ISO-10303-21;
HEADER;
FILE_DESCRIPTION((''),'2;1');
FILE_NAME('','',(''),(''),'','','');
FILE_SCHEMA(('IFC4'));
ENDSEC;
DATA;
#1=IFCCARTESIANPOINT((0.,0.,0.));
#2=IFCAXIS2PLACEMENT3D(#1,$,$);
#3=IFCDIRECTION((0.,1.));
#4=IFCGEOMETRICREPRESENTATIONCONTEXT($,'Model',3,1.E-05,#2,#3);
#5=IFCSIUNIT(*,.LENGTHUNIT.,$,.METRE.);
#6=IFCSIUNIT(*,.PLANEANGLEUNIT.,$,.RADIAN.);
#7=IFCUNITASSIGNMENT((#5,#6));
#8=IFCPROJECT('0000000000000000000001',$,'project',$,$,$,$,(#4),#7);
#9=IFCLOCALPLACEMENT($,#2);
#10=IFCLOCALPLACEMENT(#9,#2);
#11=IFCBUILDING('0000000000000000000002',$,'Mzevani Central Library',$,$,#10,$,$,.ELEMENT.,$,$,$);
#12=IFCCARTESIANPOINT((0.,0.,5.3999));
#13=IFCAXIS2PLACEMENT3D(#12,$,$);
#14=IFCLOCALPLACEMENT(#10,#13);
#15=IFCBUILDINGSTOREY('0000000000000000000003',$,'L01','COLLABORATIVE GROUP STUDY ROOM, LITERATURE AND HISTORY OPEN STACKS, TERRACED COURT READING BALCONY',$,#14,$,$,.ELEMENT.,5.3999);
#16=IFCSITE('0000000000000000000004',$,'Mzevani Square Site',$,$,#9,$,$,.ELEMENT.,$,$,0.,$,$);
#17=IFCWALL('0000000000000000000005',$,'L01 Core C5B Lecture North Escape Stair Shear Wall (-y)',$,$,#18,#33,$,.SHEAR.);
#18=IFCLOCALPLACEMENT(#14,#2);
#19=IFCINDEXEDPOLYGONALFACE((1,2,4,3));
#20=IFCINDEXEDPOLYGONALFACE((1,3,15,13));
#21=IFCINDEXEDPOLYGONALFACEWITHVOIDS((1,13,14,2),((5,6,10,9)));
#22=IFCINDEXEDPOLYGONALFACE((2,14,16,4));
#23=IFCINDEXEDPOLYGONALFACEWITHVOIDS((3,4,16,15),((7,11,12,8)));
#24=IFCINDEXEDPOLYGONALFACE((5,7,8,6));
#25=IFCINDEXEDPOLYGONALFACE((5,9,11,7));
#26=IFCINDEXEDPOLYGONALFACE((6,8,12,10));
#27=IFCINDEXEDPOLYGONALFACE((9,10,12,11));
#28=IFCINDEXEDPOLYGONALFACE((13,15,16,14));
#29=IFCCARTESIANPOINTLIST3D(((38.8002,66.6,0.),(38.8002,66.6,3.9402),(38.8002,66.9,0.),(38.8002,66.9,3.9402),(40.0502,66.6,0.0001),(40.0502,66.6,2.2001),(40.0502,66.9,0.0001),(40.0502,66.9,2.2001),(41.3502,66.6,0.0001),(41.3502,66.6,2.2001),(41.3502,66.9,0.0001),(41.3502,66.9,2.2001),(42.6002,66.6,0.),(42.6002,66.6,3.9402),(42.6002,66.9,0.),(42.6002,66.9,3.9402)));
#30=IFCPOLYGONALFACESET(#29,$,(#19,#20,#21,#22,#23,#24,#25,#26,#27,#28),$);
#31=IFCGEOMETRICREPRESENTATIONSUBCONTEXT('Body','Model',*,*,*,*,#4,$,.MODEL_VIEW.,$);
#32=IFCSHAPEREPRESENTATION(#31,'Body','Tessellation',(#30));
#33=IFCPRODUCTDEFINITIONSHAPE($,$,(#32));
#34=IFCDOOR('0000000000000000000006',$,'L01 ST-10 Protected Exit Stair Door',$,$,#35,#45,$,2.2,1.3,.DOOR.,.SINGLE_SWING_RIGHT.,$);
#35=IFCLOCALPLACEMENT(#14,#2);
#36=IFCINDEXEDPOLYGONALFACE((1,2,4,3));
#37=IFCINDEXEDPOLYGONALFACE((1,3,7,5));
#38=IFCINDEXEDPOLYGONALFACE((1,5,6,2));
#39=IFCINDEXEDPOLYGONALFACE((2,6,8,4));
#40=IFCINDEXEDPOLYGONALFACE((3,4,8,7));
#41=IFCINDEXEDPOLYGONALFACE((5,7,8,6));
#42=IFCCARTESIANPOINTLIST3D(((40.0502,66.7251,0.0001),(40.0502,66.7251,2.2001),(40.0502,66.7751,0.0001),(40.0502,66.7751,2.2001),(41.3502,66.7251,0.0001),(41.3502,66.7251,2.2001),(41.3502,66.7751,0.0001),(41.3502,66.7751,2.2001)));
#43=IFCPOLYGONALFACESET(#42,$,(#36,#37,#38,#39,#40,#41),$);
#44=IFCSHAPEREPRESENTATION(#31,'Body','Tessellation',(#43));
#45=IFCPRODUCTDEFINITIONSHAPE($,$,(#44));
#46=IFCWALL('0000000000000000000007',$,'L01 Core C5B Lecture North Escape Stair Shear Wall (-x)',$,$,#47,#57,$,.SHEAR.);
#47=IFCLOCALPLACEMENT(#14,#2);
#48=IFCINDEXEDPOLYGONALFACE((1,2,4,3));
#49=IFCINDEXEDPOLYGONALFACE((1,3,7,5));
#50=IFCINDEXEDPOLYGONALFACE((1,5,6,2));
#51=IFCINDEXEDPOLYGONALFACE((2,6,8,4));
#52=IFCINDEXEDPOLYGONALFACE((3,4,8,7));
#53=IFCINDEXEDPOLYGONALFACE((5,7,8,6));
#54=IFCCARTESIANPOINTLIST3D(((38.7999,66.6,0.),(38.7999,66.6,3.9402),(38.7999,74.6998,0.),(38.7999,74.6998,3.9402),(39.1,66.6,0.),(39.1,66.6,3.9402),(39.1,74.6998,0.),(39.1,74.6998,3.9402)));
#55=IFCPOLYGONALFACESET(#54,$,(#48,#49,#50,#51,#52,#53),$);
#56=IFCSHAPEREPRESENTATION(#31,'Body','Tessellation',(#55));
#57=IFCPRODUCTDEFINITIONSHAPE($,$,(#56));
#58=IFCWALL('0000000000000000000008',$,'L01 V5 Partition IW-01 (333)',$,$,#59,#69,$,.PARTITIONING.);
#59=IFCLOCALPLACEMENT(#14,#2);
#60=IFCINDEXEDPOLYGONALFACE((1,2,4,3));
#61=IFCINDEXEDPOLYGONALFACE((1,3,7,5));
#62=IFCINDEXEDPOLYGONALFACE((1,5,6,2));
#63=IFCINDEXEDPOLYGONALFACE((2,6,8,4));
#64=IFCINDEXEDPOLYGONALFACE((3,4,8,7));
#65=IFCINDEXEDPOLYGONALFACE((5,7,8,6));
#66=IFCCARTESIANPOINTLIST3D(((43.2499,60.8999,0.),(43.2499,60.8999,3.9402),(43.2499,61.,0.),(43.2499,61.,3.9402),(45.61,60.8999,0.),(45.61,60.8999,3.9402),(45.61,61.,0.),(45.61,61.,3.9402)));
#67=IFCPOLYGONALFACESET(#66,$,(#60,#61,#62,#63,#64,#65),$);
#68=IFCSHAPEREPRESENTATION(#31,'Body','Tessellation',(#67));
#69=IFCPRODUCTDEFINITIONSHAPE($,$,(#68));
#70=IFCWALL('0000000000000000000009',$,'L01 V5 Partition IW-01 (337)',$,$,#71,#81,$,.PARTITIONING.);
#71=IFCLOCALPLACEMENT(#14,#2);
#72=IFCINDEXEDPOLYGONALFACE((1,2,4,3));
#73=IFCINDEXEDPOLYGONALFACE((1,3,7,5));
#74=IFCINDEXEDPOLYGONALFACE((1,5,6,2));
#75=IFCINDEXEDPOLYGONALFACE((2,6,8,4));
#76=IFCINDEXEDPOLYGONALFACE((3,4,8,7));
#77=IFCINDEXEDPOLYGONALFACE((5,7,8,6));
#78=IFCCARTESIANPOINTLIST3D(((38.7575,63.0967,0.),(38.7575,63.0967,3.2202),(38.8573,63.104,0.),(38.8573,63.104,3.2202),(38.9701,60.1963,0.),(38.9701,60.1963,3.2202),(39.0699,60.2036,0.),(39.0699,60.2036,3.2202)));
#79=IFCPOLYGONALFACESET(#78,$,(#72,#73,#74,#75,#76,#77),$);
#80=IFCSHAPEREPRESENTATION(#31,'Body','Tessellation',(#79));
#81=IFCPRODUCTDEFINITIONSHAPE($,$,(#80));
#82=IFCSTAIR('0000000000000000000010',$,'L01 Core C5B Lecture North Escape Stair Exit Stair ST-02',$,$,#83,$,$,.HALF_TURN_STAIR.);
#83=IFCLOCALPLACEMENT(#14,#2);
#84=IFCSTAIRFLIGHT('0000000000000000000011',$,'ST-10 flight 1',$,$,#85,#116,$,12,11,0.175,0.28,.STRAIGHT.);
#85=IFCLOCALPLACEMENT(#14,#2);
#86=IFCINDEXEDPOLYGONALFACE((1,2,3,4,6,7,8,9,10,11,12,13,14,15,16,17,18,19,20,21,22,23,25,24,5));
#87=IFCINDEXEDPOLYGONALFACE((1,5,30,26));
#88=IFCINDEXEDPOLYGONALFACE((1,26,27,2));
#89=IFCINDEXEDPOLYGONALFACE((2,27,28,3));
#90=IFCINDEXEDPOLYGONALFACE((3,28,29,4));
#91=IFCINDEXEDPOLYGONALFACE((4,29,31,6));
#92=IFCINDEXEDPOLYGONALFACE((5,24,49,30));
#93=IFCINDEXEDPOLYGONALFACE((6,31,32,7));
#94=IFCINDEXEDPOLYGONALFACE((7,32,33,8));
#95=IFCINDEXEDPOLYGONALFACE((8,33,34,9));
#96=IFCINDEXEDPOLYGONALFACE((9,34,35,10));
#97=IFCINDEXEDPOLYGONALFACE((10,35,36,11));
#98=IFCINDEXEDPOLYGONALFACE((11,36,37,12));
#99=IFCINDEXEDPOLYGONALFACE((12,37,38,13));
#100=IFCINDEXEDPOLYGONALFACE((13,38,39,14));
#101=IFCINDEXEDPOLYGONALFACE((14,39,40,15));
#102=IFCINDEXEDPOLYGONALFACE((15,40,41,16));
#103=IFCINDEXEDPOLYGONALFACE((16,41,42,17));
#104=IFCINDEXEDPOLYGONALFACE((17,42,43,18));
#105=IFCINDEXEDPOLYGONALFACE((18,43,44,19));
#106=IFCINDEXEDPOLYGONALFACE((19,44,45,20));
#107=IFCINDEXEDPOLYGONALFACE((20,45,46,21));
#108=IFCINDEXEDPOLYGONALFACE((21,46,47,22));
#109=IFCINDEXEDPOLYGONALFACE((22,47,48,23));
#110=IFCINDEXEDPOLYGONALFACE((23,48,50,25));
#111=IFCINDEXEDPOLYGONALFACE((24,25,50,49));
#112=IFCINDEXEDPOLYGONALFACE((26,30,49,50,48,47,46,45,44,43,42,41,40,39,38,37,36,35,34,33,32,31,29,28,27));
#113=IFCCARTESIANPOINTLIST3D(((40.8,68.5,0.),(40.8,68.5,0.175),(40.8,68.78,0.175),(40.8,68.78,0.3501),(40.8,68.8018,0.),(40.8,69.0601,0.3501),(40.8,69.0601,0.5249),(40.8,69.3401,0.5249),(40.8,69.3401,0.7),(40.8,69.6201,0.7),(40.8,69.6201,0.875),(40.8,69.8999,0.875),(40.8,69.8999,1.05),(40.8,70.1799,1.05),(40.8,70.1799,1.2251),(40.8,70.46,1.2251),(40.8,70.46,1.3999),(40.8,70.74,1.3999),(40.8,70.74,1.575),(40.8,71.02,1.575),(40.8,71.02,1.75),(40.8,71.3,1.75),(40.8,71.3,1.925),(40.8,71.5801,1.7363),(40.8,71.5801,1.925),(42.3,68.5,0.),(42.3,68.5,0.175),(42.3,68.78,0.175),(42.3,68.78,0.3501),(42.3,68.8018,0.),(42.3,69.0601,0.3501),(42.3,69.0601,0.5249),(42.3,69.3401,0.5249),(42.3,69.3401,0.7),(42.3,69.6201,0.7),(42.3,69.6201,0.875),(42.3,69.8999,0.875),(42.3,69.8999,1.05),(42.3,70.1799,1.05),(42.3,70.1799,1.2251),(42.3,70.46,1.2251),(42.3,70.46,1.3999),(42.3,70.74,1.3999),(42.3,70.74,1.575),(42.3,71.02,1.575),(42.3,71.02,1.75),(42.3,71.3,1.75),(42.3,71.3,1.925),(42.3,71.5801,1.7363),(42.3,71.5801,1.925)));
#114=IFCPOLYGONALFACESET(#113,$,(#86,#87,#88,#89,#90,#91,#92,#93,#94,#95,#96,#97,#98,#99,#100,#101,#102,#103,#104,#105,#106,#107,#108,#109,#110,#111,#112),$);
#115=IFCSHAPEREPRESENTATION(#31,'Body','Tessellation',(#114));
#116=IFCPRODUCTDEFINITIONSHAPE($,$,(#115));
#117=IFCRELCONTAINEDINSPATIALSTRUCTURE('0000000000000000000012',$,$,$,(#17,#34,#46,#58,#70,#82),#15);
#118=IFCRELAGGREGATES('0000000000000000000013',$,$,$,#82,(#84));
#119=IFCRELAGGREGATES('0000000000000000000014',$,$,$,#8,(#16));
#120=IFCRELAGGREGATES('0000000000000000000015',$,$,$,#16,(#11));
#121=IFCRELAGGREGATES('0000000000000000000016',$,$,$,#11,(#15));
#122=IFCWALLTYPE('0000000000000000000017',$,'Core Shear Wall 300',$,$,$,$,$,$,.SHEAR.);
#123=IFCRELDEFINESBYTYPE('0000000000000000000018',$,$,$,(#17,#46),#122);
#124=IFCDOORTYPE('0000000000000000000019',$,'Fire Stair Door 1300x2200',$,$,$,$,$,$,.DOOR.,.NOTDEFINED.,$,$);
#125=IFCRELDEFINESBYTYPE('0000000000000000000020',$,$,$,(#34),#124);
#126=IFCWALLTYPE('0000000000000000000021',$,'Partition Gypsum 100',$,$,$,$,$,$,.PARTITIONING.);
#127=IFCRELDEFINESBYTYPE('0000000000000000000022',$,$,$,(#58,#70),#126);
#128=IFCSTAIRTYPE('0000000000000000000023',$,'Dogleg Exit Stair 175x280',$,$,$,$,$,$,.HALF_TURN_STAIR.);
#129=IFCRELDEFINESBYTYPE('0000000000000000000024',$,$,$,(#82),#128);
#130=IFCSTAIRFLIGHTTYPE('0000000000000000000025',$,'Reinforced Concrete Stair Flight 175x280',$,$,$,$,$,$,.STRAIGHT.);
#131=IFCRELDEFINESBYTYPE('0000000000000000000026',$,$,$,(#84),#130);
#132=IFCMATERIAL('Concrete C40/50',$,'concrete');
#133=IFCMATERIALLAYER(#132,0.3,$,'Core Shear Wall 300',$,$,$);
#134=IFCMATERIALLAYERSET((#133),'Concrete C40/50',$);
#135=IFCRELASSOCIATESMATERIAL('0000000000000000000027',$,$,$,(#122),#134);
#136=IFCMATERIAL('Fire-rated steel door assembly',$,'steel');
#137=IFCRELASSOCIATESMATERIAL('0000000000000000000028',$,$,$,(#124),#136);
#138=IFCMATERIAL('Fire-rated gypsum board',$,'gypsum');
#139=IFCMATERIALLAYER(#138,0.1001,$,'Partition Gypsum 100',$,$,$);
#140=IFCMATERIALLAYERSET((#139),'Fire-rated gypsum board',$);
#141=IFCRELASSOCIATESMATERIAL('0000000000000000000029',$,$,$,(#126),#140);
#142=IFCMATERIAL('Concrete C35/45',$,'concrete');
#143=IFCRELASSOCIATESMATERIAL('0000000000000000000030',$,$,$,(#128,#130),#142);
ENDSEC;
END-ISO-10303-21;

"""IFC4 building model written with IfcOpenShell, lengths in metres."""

from ifc_helpers import new_model, si_unit, direction, frame, frame_2d, origin, place, context, subcontext, project, spatial, polyline, rectangle, outline, extrude, material, layer, layer_set, type_object, element, fill, aggregate, save


model = new_model("IFC4")

# Units and contexts
model_context = context("Model", 3, precision=1e-05, world=origin(), true_north=direction((0.0, 1.0)))
body_context = subcontext(model_context, "Body", "Model", "MODEL_VIEW")
ifc_project = project(units=[si_unit("LENGTHUNIT", "METRE"), si_unit("PLANEANGLEUNIT", "RADIAN")], contexts=[model_context])

# Site, building, storey
site_placement = place(None, origin())
site = spatial("IfcSite", under=ifc_project, at=site_placement, Name="Mzevani Square Site", CompositionType="ELEMENT", RefElevation=0.0)
building_placement = place(site_placement, origin())
building = spatial("IfcBuilding", under=site, at=building_placement, Name="Mzevani Central Library", CompositionType="ELEMENT")
storey_placement = place(building_placement, frame((0.0, 0.0, 5.3999)))
storey = spatial("IfcBuildingStorey", under=building, at=storey_placement, Name="L01", Description="COLLABORATIVE GROUP STUDY ROOM, LITERATURE AND HISTORY OPEN STACKS, TERRACED COURT READING BALCONY", CompositionType="ELEMENT", Elevation=5.3999)

# Shared definitions
ifc_material_1 = material(Name="Concrete C40/50", Category="concrete")

# Shared definitions
ifc_material_2 = material(Name="Concrete C35/45", Category="concrete")

# Shared definitions
ifc_material_3 = material(Name="Fire-rated steel door assembly", Category="steel")

# Wall, opening, door
ifc_layer_1 = layer(ifc_material_1, 0.3, Name="Core Shear Wall 300")
ifc_layer_set_1 = layer_set([ifc_layer_1], Name="Concrete C40/50")
wall_type_1 = type_object("IfcWallType", Name="Core Shear Wall 300", PredefinedType="SHEAR", material=ifc_layer_set_1)
wall_1_placement = place(storey_placement, frame((42.6001, 66.75, 0.0), z_axis=(0.0, 0.0, 1.0), x_axis=(-1.0, 0.0, 0.0)))
wall_1 = element("IfcWall", 1, at=wall_1_placement, inside=storey, type_object=wall_type_1, Name="L01 Core C5B Lecture North Escape Stair Shear Wall (-y)", PredefinedType="SHEAR", context=body_context, shape_type="SweptSolid", body=[
    extrude(rectangle(XDim=3.8, YDim=0.3, at=frame_2d((1.8999, 0.0))), origin(), (0.0, 0.0, 1.0), 3.9402),
])
opening_1_placement = place(wall_1_placement, frame((1.25, 0.0, 0.0)))
opening_1 = element("IfcOpeningElement", 2, at=opening_1_placement, cuts=wall_1, PredefinedType="OPENING", context=body_context, shape_type="SweptSolid", body=[
    extrude(rectangle(XDim=1.3, YDim=2.2, at=frame_2d((0.6499, 1.1001))), frame((0.0, 0.1602, 0.0), z_axis=(0.0, -1.0, 0.0), x_axis=(1.0, 0.0, 0.0)), (0.0, 0.0, 1.0), 0.3201),
])
door_type_1 = type_object("IfcDoorType", Name="Fire Stair Door 1300x2200", OperationType="NOTDEFINED", PredefinedType="DOOR", material=ifc_material_3)
door_1_placement = place(opening_1_placement, origin())
door_1 = element("IfcDoor", 3, at=door_1_placement, inside=storey, type_object=door_type_1, Name="L01 ST-10 Protected Exit Stair Door", OperationType="SINGLE_SWING_RIGHT", OverallHeight=2.2, OverallWidth=1.3, PredefinedType="DOOR", context=body_context, shape_type="SweptSolid", body=[
    extrude(rectangle(XDim=1.3, YDim=2.2, at=frame_2d((0.6499, 1.1001))), frame((0.0, 0.0249, 0.0), z_axis=(0.0, -1.0, 0.0), x_axis=(1.0, 0.0, 0.0)), (0.0, 0.0, 1.0), 0.05),
])
fill(opening_1, door_1)

# Walls
wall_2_placement = place(storey_placement, frame((38.95, 66.6001, 0.0), z_axis=(0.0, 0.0, 1.0), x_axis=(0.0, 1.0, 0.0)))
element("IfcWall", 4, at=wall_2_placement, inside=storey, type_object=wall_type_1, Name="L01 Core C5B Lecture North Escape Stair Shear Wall (-x)", PredefinedType="SHEAR", context=body_context, shape_type="SweptSolid", body=[
    extrude(rectangle(XDim=8.0999, YDim=0.3, at=frame_2d((4.0498, 0.0))), origin(), (0.0, 0.0, 1.0), 3.9402),
])
ifc_material_4 = material(Name="Fire-rated gypsum board", Category="gypsum")
ifc_layer_2 = layer(ifc_material_4, 0.1001, Name="Partition Gypsum 100")
ifc_layer_set_2 = layer_set([ifc_layer_2], Name="Fire-rated gypsum board")
wall_type_2 = type_object("IfcWallType", Name="Partition Gypsum 100", PredefinedType="PARTITIONING", material=ifc_layer_set_2)
wall_3_placement = place(storey_placement, frame((45.6101, 60.95, 0.0), z_axis=(0.0, 0.0, 1.0), x_axis=(-1.0, 0.0, 0.0)))
element("IfcWall", 5, at=wall_3_placement, inside=storey, type_object=wall_type_2, Name="L01 V5 Partition IW-01 (333)", PredefinedType="PARTITIONING", context=body_context, shape_type="SweptSolid", body=[
    extrude(rectangle(XDim=2.3601, YDim=0.1001, at=frame_2d((1.1802, 0.0))), origin(), (0.0, 0.0, 1.0), 3.9402),
])
wall_4_placement = place(storey_placement, frame((38.8074, 63.1003, 0.0), z_axis=(0.0, 0.0, 1.0), x_axis=(0.07312, -0.997323, 0.0)))
element("IfcWall", 6, at=wall_4_placement, inside=storey, type_object=wall_type_2, Name="L01 V5 Partition IW-01 (337)", PredefinedType="PARTITIONING", context=body_context, shape_type="SweptSolid", body=[
    extrude(rectangle(XDim=2.9082, YDim=0.1001, at=frame_2d((1.4541, 0.0))), origin(), (0.0, 0.0, 1.0), 3.2202),
])

# Stair, stair flight
stair_type = type_object("IfcStairType", Name="Dogleg Exit Stair 175x280", PredefinedType="HALF_TURN_STAIR", material=ifc_material_2)
stair_placement = place(storey_placement, origin())
stair = element("IfcStair", 7, at=stair_placement, inside=storey, type_object=stair_type, Name="L01 Core C5B Lecture North Escape Stair Exit Stair ST-02", PredefinedType="HALF_TURN_STAIR")
stair_flight_type = type_object("IfcStairFlightType", Name="Reinforced Concrete Stair Flight 175x280", PredefinedType="STRAIGHT", material=ifc_material_2)
stair_flight_placement = place(storey_placement, frame((41.55, 68.5, 0.0), z_axis=(0.0, 0.0, 1.0), x_axis=(0.0, 1.0, 0.0)))
stair_flight = element("IfcStairFlight", 8, at=stair_flight_placement, type_object=stair_flight_type, Name="ST-10 flight 1", NumberOfRisers=12, NumberOfTreads=11, PredefinedType="STRAIGHT", RiserHeight=0.175, TreadLength=0.28, context=body_context, shape_type="SweptSolid", body=[
    extrude(outline(polyline([(0.0, 0.0), (0.0, 0.175), (0.28, 0.175), (0.28, 0.3501), (0.5601, 0.3501), (0.5601, 0.5249), (0.8401, 0.5249), (0.8401, 0.7), (1.1201, 0.7), (1.1201, 0.875), (1.3999, 0.875), (1.3999, 1.05), (1.6799, 1.05), (1.6799, 1.2251), (1.96, 1.2251), (1.96, 1.3999), (2.24, 1.3999), (2.24, 1.575), (2.52, 1.575), (2.52, 1.75), (2.8, 1.75), (2.8, 1.925), (3.0801, 1.925), (3.0801, 2.1001), (3.0801, 1.7363), (0.3018, 0.0), (0.0, 0.0)])), frame((0.0, 0.75, 0.0), z_axis=(0.0, -1.0, 0.0), x_axis=(1.0, 0.0, 0.0)), (0.0, 0.0, 1.0), 1.5),
])
aggregate(stair, [stair_flight])

save(model, "model.ifc")
